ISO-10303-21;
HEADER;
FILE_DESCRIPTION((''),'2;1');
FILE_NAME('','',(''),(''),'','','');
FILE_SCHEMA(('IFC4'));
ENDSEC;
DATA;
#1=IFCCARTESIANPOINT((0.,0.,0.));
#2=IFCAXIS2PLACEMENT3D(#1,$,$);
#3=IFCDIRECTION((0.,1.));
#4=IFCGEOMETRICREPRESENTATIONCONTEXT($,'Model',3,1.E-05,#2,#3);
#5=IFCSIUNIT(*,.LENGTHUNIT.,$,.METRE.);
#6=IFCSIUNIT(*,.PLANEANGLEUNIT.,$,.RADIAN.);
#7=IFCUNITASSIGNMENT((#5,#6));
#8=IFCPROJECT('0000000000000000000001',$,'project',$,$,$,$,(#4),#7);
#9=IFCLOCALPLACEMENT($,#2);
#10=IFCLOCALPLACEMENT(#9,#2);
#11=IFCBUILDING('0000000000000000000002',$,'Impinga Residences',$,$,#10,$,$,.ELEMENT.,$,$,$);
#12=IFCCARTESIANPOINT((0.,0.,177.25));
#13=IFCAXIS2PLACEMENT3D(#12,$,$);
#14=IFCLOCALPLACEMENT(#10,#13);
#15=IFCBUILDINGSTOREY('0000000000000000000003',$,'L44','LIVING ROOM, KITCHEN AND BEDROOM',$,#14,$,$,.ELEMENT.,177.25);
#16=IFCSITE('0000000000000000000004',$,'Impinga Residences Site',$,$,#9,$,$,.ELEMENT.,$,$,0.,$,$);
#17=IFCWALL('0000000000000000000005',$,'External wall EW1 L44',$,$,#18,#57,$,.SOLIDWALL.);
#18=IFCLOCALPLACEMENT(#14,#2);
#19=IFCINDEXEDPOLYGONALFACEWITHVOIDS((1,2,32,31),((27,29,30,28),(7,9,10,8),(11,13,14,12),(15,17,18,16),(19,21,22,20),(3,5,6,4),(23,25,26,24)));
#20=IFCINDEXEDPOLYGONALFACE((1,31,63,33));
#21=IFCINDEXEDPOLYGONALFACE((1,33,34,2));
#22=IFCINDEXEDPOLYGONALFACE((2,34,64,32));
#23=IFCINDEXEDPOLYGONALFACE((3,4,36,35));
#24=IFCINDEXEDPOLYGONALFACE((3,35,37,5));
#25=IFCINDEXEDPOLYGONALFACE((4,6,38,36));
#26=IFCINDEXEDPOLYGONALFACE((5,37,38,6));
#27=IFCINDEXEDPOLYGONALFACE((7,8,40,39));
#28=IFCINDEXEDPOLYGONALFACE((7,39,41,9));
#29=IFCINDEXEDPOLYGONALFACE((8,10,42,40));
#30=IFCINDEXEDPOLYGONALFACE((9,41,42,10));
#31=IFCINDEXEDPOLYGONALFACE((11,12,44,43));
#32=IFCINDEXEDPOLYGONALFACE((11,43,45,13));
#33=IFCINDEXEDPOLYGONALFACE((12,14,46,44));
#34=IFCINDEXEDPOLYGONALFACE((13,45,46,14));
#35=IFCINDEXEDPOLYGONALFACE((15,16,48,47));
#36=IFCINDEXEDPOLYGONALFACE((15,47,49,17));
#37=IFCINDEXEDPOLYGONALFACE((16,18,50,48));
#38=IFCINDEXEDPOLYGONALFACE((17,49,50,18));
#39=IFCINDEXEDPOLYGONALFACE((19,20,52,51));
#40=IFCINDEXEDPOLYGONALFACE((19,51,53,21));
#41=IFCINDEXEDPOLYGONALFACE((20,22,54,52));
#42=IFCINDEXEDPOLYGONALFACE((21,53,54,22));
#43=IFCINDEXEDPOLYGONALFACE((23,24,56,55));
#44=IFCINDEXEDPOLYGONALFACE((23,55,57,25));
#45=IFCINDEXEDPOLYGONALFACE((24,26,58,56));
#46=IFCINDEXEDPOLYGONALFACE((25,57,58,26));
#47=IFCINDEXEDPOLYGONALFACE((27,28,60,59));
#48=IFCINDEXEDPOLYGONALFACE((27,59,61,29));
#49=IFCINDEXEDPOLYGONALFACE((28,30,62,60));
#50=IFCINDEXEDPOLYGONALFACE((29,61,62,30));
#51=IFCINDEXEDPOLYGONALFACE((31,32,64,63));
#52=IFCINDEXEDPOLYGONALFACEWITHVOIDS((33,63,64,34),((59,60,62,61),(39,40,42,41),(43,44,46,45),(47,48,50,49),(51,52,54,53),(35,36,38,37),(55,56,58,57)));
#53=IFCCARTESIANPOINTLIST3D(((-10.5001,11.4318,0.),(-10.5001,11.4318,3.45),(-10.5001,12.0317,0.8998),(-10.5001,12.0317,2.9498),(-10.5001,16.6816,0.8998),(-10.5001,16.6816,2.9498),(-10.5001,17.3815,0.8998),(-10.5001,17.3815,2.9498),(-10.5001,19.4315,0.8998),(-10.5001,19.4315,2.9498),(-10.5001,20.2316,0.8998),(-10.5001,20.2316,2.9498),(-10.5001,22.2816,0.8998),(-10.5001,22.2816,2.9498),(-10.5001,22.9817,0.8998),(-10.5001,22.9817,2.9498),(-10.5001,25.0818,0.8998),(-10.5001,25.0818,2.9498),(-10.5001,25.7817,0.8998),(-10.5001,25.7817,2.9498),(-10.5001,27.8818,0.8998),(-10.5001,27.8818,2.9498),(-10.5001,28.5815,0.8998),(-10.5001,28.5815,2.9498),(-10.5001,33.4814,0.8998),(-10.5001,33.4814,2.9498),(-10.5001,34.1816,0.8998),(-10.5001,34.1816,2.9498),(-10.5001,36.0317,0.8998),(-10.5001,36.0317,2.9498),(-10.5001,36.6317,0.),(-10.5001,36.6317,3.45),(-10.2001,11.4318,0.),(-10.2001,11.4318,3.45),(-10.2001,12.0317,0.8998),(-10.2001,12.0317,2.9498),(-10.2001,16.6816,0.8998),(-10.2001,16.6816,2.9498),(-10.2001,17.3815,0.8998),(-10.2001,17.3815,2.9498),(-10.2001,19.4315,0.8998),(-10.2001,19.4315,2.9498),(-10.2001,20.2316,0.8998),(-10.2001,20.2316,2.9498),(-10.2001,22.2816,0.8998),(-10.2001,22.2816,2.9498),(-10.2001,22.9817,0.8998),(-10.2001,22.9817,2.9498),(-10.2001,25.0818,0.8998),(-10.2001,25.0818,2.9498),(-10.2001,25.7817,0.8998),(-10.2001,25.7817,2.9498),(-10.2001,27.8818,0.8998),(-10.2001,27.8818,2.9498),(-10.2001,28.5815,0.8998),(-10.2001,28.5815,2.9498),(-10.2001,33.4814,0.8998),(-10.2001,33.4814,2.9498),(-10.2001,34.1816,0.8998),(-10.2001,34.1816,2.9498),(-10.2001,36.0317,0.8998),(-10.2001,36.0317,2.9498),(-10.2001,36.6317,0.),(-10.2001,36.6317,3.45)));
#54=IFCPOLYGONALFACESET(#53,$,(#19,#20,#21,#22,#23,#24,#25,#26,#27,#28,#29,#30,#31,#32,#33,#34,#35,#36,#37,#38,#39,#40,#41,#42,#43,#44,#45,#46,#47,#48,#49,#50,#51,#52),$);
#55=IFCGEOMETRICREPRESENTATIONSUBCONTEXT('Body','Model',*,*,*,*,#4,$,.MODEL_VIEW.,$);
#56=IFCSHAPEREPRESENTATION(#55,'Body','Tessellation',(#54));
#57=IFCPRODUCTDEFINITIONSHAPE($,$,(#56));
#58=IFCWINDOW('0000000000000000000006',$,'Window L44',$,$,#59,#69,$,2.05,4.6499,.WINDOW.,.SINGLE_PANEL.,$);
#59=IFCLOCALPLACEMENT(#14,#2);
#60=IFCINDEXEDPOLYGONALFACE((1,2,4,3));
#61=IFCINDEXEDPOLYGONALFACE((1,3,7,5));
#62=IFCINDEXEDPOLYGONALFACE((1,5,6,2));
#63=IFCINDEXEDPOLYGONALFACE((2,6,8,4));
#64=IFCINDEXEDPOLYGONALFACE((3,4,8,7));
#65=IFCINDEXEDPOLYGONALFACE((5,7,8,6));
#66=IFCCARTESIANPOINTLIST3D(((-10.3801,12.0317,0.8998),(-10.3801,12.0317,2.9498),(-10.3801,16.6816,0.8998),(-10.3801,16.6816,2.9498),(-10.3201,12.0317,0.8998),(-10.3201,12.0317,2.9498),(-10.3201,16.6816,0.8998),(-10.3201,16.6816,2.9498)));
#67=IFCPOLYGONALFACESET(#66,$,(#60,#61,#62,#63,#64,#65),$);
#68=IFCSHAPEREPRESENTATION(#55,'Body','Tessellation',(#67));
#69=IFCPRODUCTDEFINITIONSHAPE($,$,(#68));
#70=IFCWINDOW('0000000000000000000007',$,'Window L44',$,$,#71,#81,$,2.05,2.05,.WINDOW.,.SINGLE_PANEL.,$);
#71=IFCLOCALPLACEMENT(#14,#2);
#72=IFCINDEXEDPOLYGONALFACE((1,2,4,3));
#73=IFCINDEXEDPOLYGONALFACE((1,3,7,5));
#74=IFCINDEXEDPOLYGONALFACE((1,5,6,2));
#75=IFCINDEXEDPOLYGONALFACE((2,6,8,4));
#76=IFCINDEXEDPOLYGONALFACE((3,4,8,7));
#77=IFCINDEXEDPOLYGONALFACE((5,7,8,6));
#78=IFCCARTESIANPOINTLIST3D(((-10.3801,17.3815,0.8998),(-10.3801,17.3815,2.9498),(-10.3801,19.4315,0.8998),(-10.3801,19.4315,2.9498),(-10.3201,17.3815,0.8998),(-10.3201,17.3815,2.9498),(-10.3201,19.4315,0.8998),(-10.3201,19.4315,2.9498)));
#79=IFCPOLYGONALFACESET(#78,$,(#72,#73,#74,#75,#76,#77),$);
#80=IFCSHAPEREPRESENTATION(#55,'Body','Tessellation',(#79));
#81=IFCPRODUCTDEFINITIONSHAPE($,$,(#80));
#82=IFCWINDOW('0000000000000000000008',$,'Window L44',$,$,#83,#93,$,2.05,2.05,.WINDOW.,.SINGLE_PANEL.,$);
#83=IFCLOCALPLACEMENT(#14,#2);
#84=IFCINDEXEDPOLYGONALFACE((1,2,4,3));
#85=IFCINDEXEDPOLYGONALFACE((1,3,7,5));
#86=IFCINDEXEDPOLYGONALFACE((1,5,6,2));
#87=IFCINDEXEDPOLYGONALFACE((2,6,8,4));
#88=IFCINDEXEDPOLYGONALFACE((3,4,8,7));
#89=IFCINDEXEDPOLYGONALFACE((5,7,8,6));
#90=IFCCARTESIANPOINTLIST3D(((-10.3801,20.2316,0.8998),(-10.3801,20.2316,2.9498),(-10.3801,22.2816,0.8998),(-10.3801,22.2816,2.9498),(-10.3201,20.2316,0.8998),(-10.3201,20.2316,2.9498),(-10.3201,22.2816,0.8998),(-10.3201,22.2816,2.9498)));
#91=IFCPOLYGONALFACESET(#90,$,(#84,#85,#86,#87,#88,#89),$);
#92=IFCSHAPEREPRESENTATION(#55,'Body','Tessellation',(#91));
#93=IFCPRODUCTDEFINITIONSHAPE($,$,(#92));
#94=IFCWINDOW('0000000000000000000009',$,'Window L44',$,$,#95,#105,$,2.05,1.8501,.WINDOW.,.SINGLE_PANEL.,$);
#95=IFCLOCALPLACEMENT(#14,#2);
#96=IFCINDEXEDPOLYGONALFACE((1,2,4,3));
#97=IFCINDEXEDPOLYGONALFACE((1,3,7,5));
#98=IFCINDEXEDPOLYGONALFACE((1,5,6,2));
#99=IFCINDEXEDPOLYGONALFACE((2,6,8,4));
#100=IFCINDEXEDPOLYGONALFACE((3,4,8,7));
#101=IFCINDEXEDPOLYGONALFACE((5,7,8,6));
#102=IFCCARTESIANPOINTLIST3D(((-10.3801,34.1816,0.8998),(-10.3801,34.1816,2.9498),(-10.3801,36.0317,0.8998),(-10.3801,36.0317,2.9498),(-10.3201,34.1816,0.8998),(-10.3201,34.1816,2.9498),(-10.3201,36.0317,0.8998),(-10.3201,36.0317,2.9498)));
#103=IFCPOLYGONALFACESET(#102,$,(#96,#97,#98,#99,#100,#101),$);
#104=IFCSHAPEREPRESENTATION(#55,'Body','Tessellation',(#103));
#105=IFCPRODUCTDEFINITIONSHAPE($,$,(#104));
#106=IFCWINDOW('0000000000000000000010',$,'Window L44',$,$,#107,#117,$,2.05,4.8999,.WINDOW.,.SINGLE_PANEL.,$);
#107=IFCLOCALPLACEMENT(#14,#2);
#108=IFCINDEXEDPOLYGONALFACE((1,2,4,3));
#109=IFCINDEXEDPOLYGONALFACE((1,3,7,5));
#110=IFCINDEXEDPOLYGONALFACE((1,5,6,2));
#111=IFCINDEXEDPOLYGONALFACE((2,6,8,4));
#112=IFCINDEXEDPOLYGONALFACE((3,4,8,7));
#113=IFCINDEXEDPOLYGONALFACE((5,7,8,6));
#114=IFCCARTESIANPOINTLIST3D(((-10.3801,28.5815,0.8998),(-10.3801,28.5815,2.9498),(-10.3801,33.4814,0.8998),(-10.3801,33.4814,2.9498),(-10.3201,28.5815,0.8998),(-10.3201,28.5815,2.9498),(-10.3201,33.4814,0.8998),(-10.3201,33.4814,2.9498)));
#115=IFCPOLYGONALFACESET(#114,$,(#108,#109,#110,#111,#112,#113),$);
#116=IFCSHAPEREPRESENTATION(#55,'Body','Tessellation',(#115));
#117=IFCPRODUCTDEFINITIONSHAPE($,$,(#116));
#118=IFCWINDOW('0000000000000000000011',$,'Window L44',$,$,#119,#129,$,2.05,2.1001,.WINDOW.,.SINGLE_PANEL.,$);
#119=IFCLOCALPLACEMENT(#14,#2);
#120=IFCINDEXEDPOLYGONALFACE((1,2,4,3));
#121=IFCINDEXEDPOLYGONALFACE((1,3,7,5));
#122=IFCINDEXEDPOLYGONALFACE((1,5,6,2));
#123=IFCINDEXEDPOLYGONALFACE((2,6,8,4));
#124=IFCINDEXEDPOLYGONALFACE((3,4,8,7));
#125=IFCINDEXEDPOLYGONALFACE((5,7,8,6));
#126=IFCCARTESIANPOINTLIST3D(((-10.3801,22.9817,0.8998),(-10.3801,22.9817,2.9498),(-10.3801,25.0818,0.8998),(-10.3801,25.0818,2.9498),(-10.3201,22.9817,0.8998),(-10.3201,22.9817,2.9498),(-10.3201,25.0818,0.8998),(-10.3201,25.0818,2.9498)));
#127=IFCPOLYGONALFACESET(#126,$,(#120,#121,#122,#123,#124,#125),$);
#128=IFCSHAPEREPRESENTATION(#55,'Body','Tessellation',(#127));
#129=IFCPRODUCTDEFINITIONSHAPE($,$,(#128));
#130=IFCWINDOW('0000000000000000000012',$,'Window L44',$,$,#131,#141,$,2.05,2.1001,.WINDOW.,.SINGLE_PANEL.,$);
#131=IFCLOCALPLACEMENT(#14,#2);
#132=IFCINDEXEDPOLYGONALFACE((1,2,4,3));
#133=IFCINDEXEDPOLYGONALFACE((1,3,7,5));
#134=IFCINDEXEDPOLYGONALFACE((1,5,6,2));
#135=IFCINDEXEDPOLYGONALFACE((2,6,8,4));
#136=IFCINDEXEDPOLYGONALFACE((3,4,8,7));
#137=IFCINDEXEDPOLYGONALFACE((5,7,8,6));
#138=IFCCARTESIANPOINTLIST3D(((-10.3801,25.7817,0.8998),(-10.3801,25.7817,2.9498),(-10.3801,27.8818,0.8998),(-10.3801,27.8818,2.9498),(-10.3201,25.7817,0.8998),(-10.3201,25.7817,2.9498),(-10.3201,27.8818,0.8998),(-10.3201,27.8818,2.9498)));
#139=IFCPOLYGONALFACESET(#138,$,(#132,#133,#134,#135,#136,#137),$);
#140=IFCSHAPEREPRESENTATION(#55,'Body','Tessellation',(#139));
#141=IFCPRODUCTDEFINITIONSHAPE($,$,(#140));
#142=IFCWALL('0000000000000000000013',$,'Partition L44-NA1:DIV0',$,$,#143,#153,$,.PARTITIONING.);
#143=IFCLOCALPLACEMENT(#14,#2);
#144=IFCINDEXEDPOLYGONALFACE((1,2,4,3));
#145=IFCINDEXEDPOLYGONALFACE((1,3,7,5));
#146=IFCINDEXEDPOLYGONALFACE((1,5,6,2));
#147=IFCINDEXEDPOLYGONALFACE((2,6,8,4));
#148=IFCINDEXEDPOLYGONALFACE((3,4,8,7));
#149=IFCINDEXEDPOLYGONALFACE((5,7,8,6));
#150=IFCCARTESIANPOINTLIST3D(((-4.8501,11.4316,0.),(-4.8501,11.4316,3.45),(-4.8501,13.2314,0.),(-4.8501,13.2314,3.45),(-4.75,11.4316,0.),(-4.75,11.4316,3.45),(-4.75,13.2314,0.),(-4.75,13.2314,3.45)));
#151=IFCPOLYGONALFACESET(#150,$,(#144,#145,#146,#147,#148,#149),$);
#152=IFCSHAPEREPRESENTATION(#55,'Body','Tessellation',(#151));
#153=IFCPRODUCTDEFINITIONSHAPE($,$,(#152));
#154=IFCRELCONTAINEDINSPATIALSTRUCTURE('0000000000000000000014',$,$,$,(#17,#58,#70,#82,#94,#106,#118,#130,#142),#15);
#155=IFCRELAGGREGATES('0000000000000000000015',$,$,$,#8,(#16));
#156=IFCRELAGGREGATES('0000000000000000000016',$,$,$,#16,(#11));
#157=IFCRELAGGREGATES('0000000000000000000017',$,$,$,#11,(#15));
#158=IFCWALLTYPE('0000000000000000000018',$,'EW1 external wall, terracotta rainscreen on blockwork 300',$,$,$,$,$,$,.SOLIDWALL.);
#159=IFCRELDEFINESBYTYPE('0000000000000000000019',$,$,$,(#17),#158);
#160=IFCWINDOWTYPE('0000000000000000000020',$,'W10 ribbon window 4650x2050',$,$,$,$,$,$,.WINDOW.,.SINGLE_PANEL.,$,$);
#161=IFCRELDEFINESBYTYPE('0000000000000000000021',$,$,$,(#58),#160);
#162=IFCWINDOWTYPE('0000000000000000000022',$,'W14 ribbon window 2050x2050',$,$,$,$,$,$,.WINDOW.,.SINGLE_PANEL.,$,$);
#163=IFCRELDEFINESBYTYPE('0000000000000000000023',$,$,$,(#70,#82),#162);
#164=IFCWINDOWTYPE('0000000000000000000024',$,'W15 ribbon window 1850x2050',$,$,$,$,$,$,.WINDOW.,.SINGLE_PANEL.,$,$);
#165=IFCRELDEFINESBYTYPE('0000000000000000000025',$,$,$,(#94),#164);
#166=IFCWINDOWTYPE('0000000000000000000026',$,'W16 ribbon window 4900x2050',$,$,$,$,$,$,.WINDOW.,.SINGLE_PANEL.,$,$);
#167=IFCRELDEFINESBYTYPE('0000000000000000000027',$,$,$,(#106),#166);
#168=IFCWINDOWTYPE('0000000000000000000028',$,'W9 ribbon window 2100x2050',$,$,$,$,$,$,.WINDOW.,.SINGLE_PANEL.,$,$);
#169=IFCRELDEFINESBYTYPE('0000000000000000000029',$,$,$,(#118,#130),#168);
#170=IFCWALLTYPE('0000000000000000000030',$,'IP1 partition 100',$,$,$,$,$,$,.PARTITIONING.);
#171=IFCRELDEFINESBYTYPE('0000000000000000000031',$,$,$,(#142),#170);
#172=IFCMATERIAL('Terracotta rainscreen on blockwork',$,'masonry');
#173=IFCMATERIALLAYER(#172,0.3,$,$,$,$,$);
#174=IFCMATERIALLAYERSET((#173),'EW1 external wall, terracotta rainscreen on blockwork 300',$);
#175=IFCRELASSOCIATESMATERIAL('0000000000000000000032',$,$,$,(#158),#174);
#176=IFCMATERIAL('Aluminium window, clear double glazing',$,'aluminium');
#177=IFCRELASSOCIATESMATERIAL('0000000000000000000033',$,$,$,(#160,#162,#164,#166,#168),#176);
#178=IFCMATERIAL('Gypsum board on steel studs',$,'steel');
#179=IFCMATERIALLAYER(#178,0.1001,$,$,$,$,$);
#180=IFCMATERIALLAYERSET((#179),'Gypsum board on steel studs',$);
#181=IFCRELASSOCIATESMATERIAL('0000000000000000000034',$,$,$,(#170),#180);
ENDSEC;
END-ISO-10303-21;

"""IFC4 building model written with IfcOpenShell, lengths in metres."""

from ifc_helpers import new_model, si_unit, direction, frame, frame_2d, origin, place, context, subcontext, project, spatial, rectangle, extrude, material, layer, layer_set, type_object, element, fill, save


model = new_model("IFC4")

# Units and contexts
model_context = context("Model", 3, precision=1e-05, world=origin(), true_north=direction((0.0, 1.0)))
body_context = subcontext(model_context, "Body", "Model", "MODEL_VIEW")
ifc_project = project(units=[si_unit("LENGTHUNIT", "METRE"), si_unit("PLANEANGLEUNIT", "RADIAN")], contexts=[model_context])

# Site, building, storey
site_placement = place(None, origin())
site = spatial("IfcSite", under=ifc_project, at=site_placement, Name="Impinga Residences Site", CompositionType="ELEMENT", RefElevation=0.0)
building_placement = place(site_placement, origin())
building = spatial("IfcBuilding", under=site, at=building_placement, Name="Impinga Residences", CompositionType="ELEMENT")
storey_placement = place(building_placement, frame((0.0, 0.0, 177.25)))
storey = spatial("IfcBuildingStorey", under=building, at=storey_placement, Name="L44", Description="LIVING ROOM, KITCHEN AND BEDROOM", CompositionType="ELEMENT", Elevation=177.25)

# Shared definitions
ifc_material_1 = material(Name="Terracotta rainscreen on blockwork", Category="masonry")
ifc_layer_1 = layer(ifc_material_1, 0.3)
ifc_layer_set_1 = layer_set([ifc_layer_1], Name="EW1 external wall, terracotta rainscreen on blockwork 300")
wall_type_1 = type_object("IfcWallType", Name="EW1 external wall, terracotta rainscreen on blockwork 300", PredefinedType="SOLIDWALL", material=ifc_layer_set_1)

# Wall, openings, windows
wall_1_placement = place(storey_placement, frame((-10.3501, 11.4316, 0.0), z_axis=(0.0, 0.0, 1.0), x_axis=(0.0, 1.0, 0.0)))
wall_1 = element("IfcWall", 1, at=wall_1_placement, inside=storey, type_object=wall_type_1, Name="External wall EW1 L44", PredefinedType="SOLIDWALL", context=body_context, shape_type="SweptSolid", body=[
    extrude(rectangle(XDim=25.2, YDim=0.3, at=frame_2d((12.6001, 0.0))), origin(), (0.0, 0.0, 1.0), 3.45),
])
opening_1_placement = place(wall_1_placement, frame((0.6001, 0.0, 0.8999)))
opening_1 = element("IfcOpeningElement", 2, at=opening_1_placement, cuts=wall_1, PredefinedType="OPENING", context=body_context, shape_type="SweptSolid", body=[
    extrude(rectangle(XDim=4.6499, YDim=2.05, at=frame_2d((2.325, 1.0249))), frame((0.0, 0.1599, 0.0), z_axis=(0.0, -1.0, 0.0), x_axis=(1.0, 0.0, 0.0)), (0.0, 0.0, 1.0), 0.3201),
])
opening_2_placement = place(wall_1_placement, frame((5.95, 0.0, 0.8999)))
opening_2 = element("IfcOpeningElement", 3, at=opening_2_placement, cuts=wall_1, PredefinedType="OPENING", context=body_context, shape_type="SweptSolid", body=[
    extrude(rectangle(XDim=2.05, YDim=2.05, at=frame_2d((1.0249, 1.0249))), frame((0.0, 0.1599, 0.0), z_axis=(0.0, -1.0, 0.0), x_axis=(1.0, 0.0, 0.0)), (0.0, 0.0, 1.0), 0.3201),
])
opening_3_placement = place(wall_1_placement, frame((8.8, 0.0, 0.8999)))
opening_3 = element("IfcOpeningElement", 4, at=opening_3_placement, cuts=wall_1, PredefinedType="OPENING", context=body_context, shape_type="SweptSolid", body=[
    extrude(rectangle(XDim=2.05, YDim=2.05, at=frame_2d((1.0249, 1.0249))), frame((0.0, 0.1599, 0.0), z_axis=(0.0, -1.0, 0.0), x_axis=(1.0, 0.0, 0.0)), (0.0, 0.0, 1.0), 0.3201),
])
opening_4_placement = place(wall_1_placement, frame((11.55, 0.0, 0.8999)))
opening_4 = element("IfcOpeningElement", 5, at=opening_4_placement, cuts=wall_1, PredefinedType="OPENING", context=body_context, shape_type="SweptSolid", body=[
    extrude(rectangle(XDim=2.1001, YDim=2.05, at=frame_2d((1.05, 1.0249))), frame((0.0, 0.1599, 0.0), z_axis=(0.0, -1.0, 0.0), x_axis=(1.0, 0.0, 0.0)), (0.0, 0.0, 1.0), 0.3201),
])
opening_5_placement = place(wall_1_placement, frame((14.3501, 0.0, 0.8999)))
opening_5 = element("IfcOpeningElement", 6, at=opening_5_placement, cuts=wall_1, PredefinedType="OPENING", context=body_context, shape_type="SweptSolid", body=[
    extrude(rectangle(XDim=2.1001, YDim=2.05, at=frame_2d((1.05, 1.0249))), frame((0.0, 0.1599, 0.0), z_axis=(0.0, -1.0, 0.0), x_axis=(1.0, 0.0, 0.0)), (0.0, 0.0, 1.0), 0.3201),
])
opening_6_placement = place(wall_1_placement, frame((17.1499, 0.0, 0.8999)))
opening_6 = element("IfcOpeningElement", 7, at=opening_6_placement, cuts=wall_1, PredefinedType="OPENING", context=body_context, shape_type="SweptSolid", body=[
    extrude(rectangle(XDim=4.8999, YDim=2.05, at=frame_2d((2.45, 1.0249))), frame((0.0, 0.1599, 0.0), z_axis=(0.0, -1.0, 0.0), x_axis=(1.0, 0.0, 0.0)), (0.0, 0.0, 1.0), 0.3201),
])
opening_7_placement = place(wall_1_placement, frame((22.75, 0.0, 0.8999)))
opening_7 = element("IfcOpeningElement", 8, at=opening_7_placement, cuts=wall_1, PredefinedType="OPENING", context=body_context, shape_type="SweptSolid", body=[
    extrude(rectangle(XDim=1.8501, YDim=2.05, at=frame_2d((0.925, 1.0249))), frame((0.0, 0.1599, 0.0), z_axis=(0.0, -1.0, 0.0), x_axis=(1.0, 0.0, 0.0)), (0.0, 0.0, 1.0), 0.3201),
])
ifc_material_2 = material(Name="Aluminium window, clear double glazing", Category="aluminium")
window_type_1 = type_object("IfcWindowType", Name="W10 ribbon window 4650x2050", PartitioningType="SINGLE_PANEL", PredefinedType="WINDOW", material=ifc_material_2)
window_1_placement = place(opening_1_placement, origin())
window_1 = element("IfcWindow", 9, at=window_1_placement, inside=storey, type_object=window_type_1, Name="Window L44", OverallHeight=2.05, OverallWidth=4.6499, PartitioningType="SINGLE_PANEL", PredefinedType="WINDOW", context=body_context, shape_type="SweptSolid", body=[
    extrude(rectangle(XDim=4.6499, YDim=2.05, at=frame_2d((2.325, 1.0249))), frame((0.0, 0.03, 0.0), z_axis=(0.0, -1.0, 0.0), x_axis=(1.0, 0.0, 0.0)), (0.0, 0.0, 1.0), 0.0601),
])
fill(opening_1, window_1)
window_type_2 = type_object("IfcWindowType", Name="W14 ribbon window 2050x2050", PartitioningType="SINGLE_PANEL", PredefinedType="WINDOW", material=ifc_material_2)
window_2_placement = place(opening_2_placement, origin())
window_2 = element("IfcWindow", 10, at=window_2_placement, inside=storey, type_object=window_type_2, Name="Window L44", OverallHeight=2.05, OverallWidth=2.05, PartitioningType="SINGLE_PANEL", PredefinedType="WINDOW", context=body_context, shape_type="SweptSolid", body=[
    extrude(rectangle(XDim=2.05, YDim=2.05, at=frame_2d((1.0249, 1.0249))), frame((0.0, 0.03, 0.0), z_axis=(0.0, -1.0, 0.0), x_axis=(1.0, 0.0, 0.0)), (0.0, 0.0, 1.0), 0.0601),
])
fill(opening_2, window_2)
window_3_placement = place(opening_3_placement, origin())
window_3 = element("IfcWindow", 11, at=window_3_placement, inside=storey, type_object=window_type_2, Name="Window L44", OverallHeight=2.05, OverallWidth=2.05, PartitioningType="SINGLE_PANEL", PredefinedType="WINDOW", context=body_context, shape_type="SweptSolid", body=[
    extrude(rectangle(XDim=2.05, YDim=2.05, at=frame_2d((1.0249, 1.0249))), frame((0.0, 0.03, 0.0), z_axis=(0.0, -1.0, 0.0), x_axis=(1.0, 0.0, 0.0)), (0.0, 0.0, 1.0), 0.0601),
])
fill(opening_3, window_3)
window_type_3 = type_object("IfcWindowType", Name="W15 ribbon window 1850x2050", PartitioningType="SINGLE_PANEL", PredefinedType="WINDOW", material=ifc_material_2)
window_4_placement = place(opening_7_placement, origin())
window_4 = element("IfcWindow", 12, at=window_4_placement, inside=storey, type_object=window_type_3, Name="Window L44", OverallHeight=2.05, OverallWidth=1.8501, PartitioningType="SINGLE_PANEL", PredefinedType="WINDOW", context=body_context, shape_type="SweptSolid", body=[
    extrude(rectangle(XDim=1.8501, YDim=2.05, at=frame_2d((0.925, 1.0249))), frame((0.0, 0.03, 0.0), z_axis=(0.0, -1.0, 0.0), x_axis=(1.0, 0.0, 0.0)), (0.0, 0.0, 1.0), 0.0601),
])
fill(opening_7, window_4)
window_type_4 = type_object("IfcWindowType", Name="W16 ribbon window 4900x2050", PartitioningType="SINGLE_PANEL", PredefinedType="WINDOW", material=ifc_material_2)
window_5_placement = place(opening_6_placement, origin())
window_5 = element("IfcWindow", 13, at=window_5_placement, inside=storey, type_object=window_type_4, Name="Window L44", OverallHeight=2.05, OverallWidth=4.8999, PartitioningType="SINGLE_PANEL", PredefinedType="WINDOW", context=body_context, shape_type="SweptSolid", body=[
    extrude(rectangle(XDim=4.8999, YDim=2.05, at=frame_2d((2.45, 1.0249))), frame((0.0, 0.03, 0.0), z_axis=(0.0, -1.0, 0.0), x_axis=(1.0, 0.0, 0.0)), (0.0, 0.0, 1.0), 0.0601),
])
fill(opening_6, window_5)
window_type_5 = type_object("IfcWindowType", Name="W9 ribbon window 2100x2050", PartitioningType="SINGLE_PANEL", PredefinedType="WINDOW", material=ifc_material_2)
window_6_placement = place(opening_4_placement, origin())
window_6 = element("IfcWindow", 14, at=window_6_placement, inside=storey, type_object=window_type_5, Name="Window L44", OverallHeight=2.05, OverallWidth=2.1001, PartitioningType="SINGLE_PANEL", PredefinedType="WINDOW", context=body_context, shape_type="SweptSolid", body=[
    extrude(rectangle(XDim=2.1001, YDim=2.05, at=frame_2d((1.05, 1.0249))), frame((0.0, 0.03, 0.0), z_axis=(0.0, -1.0, 0.0), x_axis=(1.0, 0.0, 0.0)), (0.0, 0.0, 1.0), 0.0601),
])
fill(opening_4, window_6)
window_7_placement = place(opening_5_placement, origin())
window_7 = element("IfcWindow", 15, at=window_7_placement, inside=storey, type_object=window_type_5, Name="Window L44", OverallHeight=2.05, OverallWidth=2.1001, PartitioningType="SINGLE_PANEL", PredefinedType="WINDOW", context=body_context, shape_type="SweptSolid", body=[
    extrude(rectangle(XDim=2.1001, YDim=2.05, at=frame_2d((1.05, 1.0249))), frame((0.0, 0.03, 0.0), z_axis=(0.0, -1.0, 0.0), x_axis=(1.0, 0.0, 0.0)), (0.0, 0.0, 1.0), 0.0601),
])
fill(opening_5, window_7)

# Wall
ifc_material_3 = material(Name="Gypsum board on steel studs", Category="steel")
ifc_layer_2 = layer(ifc_material_3, 0.1001)
ifc_layer_set_2 = layer_set([ifc_layer_2], Name="Gypsum board on steel studs")
wall_type_2 = type_object("IfcWallType", Name="IP1 partition 100", PredefinedType="PARTITIONING", material=ifc_layer_set_2)
wall_2_placement = place(storey_placement, frame((-4.8, 11.4316, 0.0), z_axis=(0.0, 0.0, 1.0), x_axis=(0.0, 1.0, 0.0)))
element("IfcWall", 16, at=wall_2_placement, inside=storey, type_object=wall_type_2, Name="Partition L44-NA1:DIV0", PredefinedType="PARTITIONING", context=body_context, shape_type="SweptSolid", body=[
    extrude(rectangle(XDim=1.7998, YDim=0.1001, at=frame_2d((0.8999, 0.0))), origin(), (0.0, 0.0, 1.0), 3.45),
])

save(model, "model.ifc")
